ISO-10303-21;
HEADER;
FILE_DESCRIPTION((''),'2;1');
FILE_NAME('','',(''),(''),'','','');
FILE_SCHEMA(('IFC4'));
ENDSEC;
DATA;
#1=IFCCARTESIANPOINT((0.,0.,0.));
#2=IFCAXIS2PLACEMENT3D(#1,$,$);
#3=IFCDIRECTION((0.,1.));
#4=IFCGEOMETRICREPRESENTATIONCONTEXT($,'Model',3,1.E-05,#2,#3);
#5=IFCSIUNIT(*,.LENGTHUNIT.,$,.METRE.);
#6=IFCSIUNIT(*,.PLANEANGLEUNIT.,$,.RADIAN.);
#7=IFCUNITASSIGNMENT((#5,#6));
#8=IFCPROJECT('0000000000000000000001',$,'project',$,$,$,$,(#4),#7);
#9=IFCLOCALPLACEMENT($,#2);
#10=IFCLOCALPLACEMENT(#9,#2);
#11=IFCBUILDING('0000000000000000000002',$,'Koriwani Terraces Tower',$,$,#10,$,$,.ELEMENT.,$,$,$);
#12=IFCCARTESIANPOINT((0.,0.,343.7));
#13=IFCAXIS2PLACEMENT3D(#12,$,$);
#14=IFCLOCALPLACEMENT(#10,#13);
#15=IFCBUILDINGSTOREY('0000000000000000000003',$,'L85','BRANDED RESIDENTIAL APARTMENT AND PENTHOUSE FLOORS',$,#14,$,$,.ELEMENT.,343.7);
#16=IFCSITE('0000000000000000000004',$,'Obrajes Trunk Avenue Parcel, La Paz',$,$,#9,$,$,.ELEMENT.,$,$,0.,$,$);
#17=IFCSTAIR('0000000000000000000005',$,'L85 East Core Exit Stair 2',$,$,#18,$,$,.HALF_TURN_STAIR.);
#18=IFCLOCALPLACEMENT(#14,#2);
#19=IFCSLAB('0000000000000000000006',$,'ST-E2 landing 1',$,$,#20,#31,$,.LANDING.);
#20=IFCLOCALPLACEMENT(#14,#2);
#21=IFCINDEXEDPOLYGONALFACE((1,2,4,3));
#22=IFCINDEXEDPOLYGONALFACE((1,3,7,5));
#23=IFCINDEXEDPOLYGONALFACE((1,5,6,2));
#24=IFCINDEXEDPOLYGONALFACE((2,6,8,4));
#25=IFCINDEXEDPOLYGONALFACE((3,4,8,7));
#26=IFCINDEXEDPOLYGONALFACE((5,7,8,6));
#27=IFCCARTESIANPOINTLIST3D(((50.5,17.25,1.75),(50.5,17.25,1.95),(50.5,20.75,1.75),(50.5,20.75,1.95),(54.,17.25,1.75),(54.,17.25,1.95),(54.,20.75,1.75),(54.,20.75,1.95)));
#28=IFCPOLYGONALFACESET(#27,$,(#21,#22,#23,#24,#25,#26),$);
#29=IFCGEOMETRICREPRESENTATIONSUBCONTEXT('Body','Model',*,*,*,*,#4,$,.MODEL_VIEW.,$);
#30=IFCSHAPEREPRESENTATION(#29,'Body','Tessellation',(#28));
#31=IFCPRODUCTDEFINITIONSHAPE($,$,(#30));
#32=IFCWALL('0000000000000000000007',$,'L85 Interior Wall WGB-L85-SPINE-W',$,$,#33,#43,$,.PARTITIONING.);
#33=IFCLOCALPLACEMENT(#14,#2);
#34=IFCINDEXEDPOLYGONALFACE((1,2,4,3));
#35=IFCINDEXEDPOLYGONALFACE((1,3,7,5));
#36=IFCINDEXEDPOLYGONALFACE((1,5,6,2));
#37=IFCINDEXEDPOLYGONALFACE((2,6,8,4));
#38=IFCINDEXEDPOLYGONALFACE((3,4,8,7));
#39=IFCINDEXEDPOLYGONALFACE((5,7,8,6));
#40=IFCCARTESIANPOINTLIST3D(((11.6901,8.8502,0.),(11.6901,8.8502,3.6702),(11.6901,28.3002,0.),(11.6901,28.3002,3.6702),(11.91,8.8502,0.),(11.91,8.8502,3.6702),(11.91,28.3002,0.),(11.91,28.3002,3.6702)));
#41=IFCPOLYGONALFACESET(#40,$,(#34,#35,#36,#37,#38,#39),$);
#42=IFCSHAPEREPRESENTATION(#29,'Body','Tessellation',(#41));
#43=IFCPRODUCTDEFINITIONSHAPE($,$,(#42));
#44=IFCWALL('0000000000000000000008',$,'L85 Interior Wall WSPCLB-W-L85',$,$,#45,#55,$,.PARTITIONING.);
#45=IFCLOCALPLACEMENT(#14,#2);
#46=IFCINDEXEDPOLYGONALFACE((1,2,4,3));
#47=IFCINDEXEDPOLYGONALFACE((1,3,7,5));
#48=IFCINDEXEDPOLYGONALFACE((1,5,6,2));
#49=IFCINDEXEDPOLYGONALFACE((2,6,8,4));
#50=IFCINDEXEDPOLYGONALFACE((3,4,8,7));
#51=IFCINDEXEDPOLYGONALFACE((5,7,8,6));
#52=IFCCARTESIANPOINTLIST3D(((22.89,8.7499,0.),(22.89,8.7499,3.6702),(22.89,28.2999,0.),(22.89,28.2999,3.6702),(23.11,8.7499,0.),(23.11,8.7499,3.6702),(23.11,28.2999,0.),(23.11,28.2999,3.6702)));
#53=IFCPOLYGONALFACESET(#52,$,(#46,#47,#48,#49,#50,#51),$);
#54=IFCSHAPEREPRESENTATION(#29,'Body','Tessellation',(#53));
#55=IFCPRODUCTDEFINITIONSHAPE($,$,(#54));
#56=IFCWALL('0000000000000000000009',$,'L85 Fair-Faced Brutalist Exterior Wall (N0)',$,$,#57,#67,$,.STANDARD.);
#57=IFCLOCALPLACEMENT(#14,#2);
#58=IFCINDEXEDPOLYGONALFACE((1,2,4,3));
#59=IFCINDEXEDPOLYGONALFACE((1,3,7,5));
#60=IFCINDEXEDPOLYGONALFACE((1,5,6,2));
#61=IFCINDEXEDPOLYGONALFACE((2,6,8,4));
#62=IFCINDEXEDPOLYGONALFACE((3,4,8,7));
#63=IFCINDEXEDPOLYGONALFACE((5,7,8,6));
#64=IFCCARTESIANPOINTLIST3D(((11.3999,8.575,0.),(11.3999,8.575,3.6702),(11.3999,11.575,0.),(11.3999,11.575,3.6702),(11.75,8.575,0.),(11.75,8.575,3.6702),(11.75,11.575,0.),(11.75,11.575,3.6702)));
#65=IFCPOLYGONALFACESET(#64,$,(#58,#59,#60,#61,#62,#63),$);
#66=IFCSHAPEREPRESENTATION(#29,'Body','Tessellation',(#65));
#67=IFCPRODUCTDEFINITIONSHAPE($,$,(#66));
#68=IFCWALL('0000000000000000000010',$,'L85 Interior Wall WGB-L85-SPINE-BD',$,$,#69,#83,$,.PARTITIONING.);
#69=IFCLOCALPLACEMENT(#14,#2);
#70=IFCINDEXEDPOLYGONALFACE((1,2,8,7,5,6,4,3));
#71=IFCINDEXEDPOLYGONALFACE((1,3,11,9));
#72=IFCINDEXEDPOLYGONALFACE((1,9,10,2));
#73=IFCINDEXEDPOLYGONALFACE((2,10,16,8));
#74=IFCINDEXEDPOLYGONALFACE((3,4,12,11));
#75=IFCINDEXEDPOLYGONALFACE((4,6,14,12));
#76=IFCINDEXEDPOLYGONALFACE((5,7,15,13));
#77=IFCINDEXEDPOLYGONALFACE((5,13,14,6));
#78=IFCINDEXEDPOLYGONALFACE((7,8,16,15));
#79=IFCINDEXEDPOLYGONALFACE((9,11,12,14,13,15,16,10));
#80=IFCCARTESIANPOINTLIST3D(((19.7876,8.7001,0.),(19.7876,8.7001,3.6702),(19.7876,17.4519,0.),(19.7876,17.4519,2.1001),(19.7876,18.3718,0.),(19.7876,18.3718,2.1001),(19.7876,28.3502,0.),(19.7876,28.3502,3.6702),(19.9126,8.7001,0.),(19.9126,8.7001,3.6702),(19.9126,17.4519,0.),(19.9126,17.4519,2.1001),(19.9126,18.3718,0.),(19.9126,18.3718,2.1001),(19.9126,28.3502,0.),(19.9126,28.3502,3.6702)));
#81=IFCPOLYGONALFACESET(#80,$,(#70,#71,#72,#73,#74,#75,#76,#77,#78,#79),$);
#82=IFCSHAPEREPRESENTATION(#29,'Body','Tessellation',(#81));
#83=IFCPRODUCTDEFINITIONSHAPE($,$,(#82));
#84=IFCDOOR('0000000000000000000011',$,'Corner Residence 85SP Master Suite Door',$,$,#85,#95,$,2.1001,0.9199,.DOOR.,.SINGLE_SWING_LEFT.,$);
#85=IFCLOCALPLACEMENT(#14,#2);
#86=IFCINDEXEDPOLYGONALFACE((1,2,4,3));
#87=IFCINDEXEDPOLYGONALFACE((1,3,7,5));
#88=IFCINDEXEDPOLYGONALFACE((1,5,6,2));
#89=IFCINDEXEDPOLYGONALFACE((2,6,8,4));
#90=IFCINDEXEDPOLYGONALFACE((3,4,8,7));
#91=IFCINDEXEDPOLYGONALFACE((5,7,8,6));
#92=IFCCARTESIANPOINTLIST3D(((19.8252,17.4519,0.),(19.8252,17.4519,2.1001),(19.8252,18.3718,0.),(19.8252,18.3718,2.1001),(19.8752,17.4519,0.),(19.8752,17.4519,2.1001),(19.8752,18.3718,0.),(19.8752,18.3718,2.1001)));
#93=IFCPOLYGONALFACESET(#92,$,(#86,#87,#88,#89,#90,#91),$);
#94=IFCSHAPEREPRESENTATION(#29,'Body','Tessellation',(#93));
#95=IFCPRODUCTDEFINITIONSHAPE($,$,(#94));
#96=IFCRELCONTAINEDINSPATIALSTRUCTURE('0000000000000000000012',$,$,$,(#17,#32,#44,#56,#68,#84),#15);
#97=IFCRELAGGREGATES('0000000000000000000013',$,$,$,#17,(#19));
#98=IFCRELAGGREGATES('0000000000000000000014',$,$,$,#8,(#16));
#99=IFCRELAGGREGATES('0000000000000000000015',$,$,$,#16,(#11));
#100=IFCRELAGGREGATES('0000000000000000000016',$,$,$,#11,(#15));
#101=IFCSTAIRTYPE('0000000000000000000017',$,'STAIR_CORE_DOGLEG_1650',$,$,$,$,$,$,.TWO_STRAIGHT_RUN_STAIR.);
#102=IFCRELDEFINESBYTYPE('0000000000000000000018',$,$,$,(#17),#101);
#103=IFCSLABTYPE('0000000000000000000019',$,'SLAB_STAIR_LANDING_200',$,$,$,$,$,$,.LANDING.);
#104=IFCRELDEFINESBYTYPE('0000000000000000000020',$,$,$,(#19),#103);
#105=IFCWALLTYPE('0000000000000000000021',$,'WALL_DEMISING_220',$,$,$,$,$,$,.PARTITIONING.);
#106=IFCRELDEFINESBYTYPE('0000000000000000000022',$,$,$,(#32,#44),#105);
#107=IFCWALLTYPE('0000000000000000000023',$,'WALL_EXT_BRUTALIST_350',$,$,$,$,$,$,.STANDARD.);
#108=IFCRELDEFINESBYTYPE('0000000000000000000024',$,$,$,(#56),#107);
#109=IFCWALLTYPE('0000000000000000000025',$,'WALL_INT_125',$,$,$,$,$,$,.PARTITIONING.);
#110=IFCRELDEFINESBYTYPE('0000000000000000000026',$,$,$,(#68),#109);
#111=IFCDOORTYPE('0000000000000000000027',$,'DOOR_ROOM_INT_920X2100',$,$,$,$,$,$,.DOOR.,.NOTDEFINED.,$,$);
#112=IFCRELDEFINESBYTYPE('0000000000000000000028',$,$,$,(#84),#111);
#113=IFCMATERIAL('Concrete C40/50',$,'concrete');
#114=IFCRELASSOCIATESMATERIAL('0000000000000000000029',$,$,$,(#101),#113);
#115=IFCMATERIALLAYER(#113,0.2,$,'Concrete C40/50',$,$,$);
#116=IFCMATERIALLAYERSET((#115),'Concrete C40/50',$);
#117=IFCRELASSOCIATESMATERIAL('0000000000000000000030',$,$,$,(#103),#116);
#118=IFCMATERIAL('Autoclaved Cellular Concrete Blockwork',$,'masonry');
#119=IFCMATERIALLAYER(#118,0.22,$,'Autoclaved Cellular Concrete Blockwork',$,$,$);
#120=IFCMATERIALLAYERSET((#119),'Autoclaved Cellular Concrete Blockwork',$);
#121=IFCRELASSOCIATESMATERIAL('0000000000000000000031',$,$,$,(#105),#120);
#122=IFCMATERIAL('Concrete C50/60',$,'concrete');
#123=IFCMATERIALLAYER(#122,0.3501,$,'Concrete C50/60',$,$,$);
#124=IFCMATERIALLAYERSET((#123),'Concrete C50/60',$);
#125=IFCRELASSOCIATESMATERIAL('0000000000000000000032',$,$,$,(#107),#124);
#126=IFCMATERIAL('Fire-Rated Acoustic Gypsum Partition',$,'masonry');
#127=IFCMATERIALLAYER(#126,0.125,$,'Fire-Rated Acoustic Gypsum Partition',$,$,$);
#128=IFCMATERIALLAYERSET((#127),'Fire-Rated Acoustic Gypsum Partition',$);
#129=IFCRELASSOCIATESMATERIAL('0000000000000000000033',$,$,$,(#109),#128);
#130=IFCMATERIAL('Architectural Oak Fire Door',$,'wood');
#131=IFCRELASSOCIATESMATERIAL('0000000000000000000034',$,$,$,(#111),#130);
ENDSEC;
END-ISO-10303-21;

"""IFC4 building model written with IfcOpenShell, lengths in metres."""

from ifc_helpers import new_model, si_unit, direction, frame, frame_2d, origin, place, context, subcontext, project, spatial, polyline, rectangle, outline, extrude, material, layer, layer_set, type_object, element, fill, aggregate, save


model = new_model("IFC4")

# Units and contexts
model_context = context("Model", 3, precision=1e-05, world=origin(), true_north=direction((0.0, 1.0)))
body_context = subcontext(model_context, "Body", "Model", "MODEL_VIEW")
ifc_project = project(units=[si_unit("LENGTHUNIT", "METRE"), si_unit("PLANEANGLEUNIT", "RADIAN")], contexts=[model_context])

# Site, building, storey
site_placement = place(None, origin())
site = spatial("IfcSite", under=ifc_project, at=site_placement, Name="Obrajes Trunk Avenue Parcel, La Paz", CompositionType="ELEMENT", RefElevation=0.0)
building_placement = place(site_placement, origin())
building = spatial("IfcBuilding", under=site, at=building_placement, Name="Koriwani Terraces Tower", CompositionType="ELEMENT")
storey_placement = place(building_placement, frame((0.0, 0.0, 343.7)))
storey = spatial("IfcBuildingStorey", under=building, at=storey_placement, Name="L85", Description="BRANDED RESIDENTIAL APARTMENT AND PENTHOUSE FLOORS", CompositionType="ELEMENT", Elevation=343.7)

# Shared definitions
ifc_material_1 = material(Name="Concrete C50/60", Category="concrete")

# Shared definitions
ifc_material_2 = material(Name="Concrete C40/50", Category="concrete")

# Stair, slab
stair_type = type_object("IfcStairType", Name="STAIR_CORE_DOGLEG_1650", PredefinedType="TWO_STRAIGHT_RUN_STAIR", material=ifc_material_2)
ifc_layer_1 = layer(ifc_material_2, 0.2, Name="Concrete C40/50")
ifc_layer_set_1 = layer_set([ifc_layer_1], Name="Concrete C40/50")
slab_type_1 = type_object("IfcSlabType", Name="SLAB_STAIR_LANDING_200", PredefinedType="LANDING", material=ifc_layer_set_1)
stair_1_placement = place(storey_placement, origin())
stair_1 = element("IfcStair", 1, at=stair_1_placement, inside=storey, type_object=stair_type, Name="L85 East Core Exit Stair 2", PredefinedType="HALF_TURN_STAIR")
slab_1_placement = place(storey_placement, frame((0.0, 0.0, 1.75)))
slab_1 = element("IfcSlab", 2, at=slab_1_placement, type_object=slab_type_1, Name="ST-E2 landing 1", PredefinedType="LANDING", context=body_context, shape_type="SweptSolid", body=[
    extrude(outline(polyline([(54.0, 20.75), (50.5, 20.75), (50.5, 17.25), (54.0, 17.25), (54.0, 20.75)])), origin(), (0.0, 0.0, 1.0), 0.2),
])
aggregate(stair_1, [slab_1])

# Walls
ifc_material_3 = material(Name="Autoclaved Cellular Concrete Blockwork", Category="masonry")
ifc_layer_2 = layer(ifc_material_3, 0.22, Name="Autoclaved Cellular Concrete Blockwork")
ifc_layer_set_2 = layer_set([ifc_layer_2], Name="Autoclaved Cellular Concrete Blockwork")
wall_type_1 = type_object("IfcWallType", Name="WALL_DEMISING_220", PredefinedType="PARTITIONING", material=ifc_layer_set_2)
wall_1_placement = place(storey_placement, frame((11.8, 8.8501, 0.0), z_axis=(0.0, 0.0, 1.0), x_axis=(0.0, 1.0, 0.0)))
element("IfcWall", 3, at=wall_1_placement, inside=storey, type_object=wall_type_1, Name="L85 Interior Wall WGB-L85-SPINE-W", PredefinedType="PARTITIONING", context=body_context, shape_type="SweptSolid", body=[
    extrude(rectangle(XDim=19.45, YDim=0.22, at=frame_2d((9.7251, 0.0))), origin(), (0.0, 0.0, 1.0), 3.6702),
])
wall_2_placement = place(storey_placement, frame((23.0, 8.75, 0.0), z_axis=(0.0, 0.0, 1.0), x_axis=(0.0, 1.0, 0.0)))
element("IfcWall", 4, at=wall_2_placement, inside=storey, type_object=wall_type_1, Name="L85 Interior Wall WSPCLB-W-L85", PredefinedType="PARTITIONING", context=body_context, shape_type="SweptSolid", body=[
    extrude(rectangle(XDim=19.55, YDim=0.22, at=frame_2d((9.7749, 0.0))), origin(), (0.0, 0.0, 1.0), 3.6702),
])
ifc_layer_3 = layer(ifc_material_1, 0.3501, Name="Concrete C50/60")
ifc_layer_set_3 = layer_set([ifc_layer_3], Name="Concrete C50/60")
wall_type_2 = type_object("IfcWallType", Name="WALL_EXT_BRUTALIST_350", PredefinedType="STANDARD", material=ifc_layer_set_3)
wall_3_placement = place(storey_placement, frame((11.575, 8.575, 0.0), z_axis=(0.0, 0.0, 1.0), x_axis=(0.0, 1.0, 0.0)))
element("IfcWall", 5, at=wall_3_placement, inside=storey, type_object=wall_type_2, Name="L85 Fair-Faced Brutalist Exterior Wall (N0)", PredefinedType="STANDARD", context=body_context, shape_type="SweptSolid", body=[
    extrude(rectangle(XDim=3.0, YDim=0.3501, at=frame_2d((1.5, 0.0))), origin(), (0.0, 0.0, 1.0), 3.6702),
])

# Wall, opening, door
ifc_material_4 = material(Name="Fire-Rated Acoustic Gypsum Partition", Category="masonry")
ifc_layer_4 = layer(ifc_material_4, 0.125, Name="Fire-Rated Acoustic Gypsum Partition")
ifc_layer_set_4 = layer_set([ifc_layer_4], Name="Fire-Rated Acoustic Gypsum Partition")
wall_type_3 = type_object("IfcWallType", Name="WALL_INT_125", PredefinedType="PARTITIONING", material=ifc_layer_set_4)
wall_4_placement = place(storey_placement, frame((19.8501, 8.7, 0.0), z_axis=(0.0, 0.0, 1.0), x_axis=(0.0, 1.0, 0.0)))
wall_4 = element("IfcWall", 6, at=wall_4_placement, inside=storey, type_object=wall_type_3, Name="L85 Interior Wall WGB-L85-SPINE-BD", PredefinedType="PARTITIONING", context=body_context, shape_type="SweptSolid", body=[
    extrude(rectangle(XDim=19.6501, YDim=0.125, at=frame_2d((9.8252, 0.0))), origin(), (0.0, 0.0, 1.0), 3.6702),
])
opening_placement = place(wall_4_placement, frame((8.752, 0.0, 0.0)))
opening = element("IfcOpeningElement", 7, at=opening_placement, cuts=wall_4, PredefinedType="OPENING", context=body_context, shape_type="SweptSolid", body=[
    extrude(rectangle(XDim=0.9199, YDim=2.1001, at=frame_2d((0.46, 1.05))), frame((0.0, 0.0725, 0.0), z_axis=(0.0, -1.0, 0.0), x_axis=(1.0, 0.0, 0.0)), (0.0, 0.0, 1.0), 0.145),
])
ifc_material_5 = material(Name="Architectural Oak Fire Door", Category="wood")
door_type = type_object("IfcDoorType", Name="DOOR_ROOM_INT_920X2100", OperationType="NOTDEFINED", PredefinedType="DOOR", material=ifc_material_5)
door_placement = place(opening_placement, origin())
door = element("IfcDoor", 8, at=door_placement, inside=storey, type_object=door_type, Name="Corner Residence 85SP Master Suite Door", OperationType="SINGLE_SWING_LEFT", OverallHeight=2.1001, OverallWidth=0.9199, PredefinedType="DOOR", context=body_context, shape_type="SweptSolid", body=[
    extrude(rectangle(XDim=0.9199, YDim=2.1001, at=frame_2d((0.46, 1.05))), frame((0.0, 0.0249, 0.0), z_axis=(0.0, -1.0, 0.0), x_axis=(1.0, 0.0, 0.0)), (0.0, 0.0, 1.0), 0.05),
])
fill(opening, door)

save(model, "model.ifc")
